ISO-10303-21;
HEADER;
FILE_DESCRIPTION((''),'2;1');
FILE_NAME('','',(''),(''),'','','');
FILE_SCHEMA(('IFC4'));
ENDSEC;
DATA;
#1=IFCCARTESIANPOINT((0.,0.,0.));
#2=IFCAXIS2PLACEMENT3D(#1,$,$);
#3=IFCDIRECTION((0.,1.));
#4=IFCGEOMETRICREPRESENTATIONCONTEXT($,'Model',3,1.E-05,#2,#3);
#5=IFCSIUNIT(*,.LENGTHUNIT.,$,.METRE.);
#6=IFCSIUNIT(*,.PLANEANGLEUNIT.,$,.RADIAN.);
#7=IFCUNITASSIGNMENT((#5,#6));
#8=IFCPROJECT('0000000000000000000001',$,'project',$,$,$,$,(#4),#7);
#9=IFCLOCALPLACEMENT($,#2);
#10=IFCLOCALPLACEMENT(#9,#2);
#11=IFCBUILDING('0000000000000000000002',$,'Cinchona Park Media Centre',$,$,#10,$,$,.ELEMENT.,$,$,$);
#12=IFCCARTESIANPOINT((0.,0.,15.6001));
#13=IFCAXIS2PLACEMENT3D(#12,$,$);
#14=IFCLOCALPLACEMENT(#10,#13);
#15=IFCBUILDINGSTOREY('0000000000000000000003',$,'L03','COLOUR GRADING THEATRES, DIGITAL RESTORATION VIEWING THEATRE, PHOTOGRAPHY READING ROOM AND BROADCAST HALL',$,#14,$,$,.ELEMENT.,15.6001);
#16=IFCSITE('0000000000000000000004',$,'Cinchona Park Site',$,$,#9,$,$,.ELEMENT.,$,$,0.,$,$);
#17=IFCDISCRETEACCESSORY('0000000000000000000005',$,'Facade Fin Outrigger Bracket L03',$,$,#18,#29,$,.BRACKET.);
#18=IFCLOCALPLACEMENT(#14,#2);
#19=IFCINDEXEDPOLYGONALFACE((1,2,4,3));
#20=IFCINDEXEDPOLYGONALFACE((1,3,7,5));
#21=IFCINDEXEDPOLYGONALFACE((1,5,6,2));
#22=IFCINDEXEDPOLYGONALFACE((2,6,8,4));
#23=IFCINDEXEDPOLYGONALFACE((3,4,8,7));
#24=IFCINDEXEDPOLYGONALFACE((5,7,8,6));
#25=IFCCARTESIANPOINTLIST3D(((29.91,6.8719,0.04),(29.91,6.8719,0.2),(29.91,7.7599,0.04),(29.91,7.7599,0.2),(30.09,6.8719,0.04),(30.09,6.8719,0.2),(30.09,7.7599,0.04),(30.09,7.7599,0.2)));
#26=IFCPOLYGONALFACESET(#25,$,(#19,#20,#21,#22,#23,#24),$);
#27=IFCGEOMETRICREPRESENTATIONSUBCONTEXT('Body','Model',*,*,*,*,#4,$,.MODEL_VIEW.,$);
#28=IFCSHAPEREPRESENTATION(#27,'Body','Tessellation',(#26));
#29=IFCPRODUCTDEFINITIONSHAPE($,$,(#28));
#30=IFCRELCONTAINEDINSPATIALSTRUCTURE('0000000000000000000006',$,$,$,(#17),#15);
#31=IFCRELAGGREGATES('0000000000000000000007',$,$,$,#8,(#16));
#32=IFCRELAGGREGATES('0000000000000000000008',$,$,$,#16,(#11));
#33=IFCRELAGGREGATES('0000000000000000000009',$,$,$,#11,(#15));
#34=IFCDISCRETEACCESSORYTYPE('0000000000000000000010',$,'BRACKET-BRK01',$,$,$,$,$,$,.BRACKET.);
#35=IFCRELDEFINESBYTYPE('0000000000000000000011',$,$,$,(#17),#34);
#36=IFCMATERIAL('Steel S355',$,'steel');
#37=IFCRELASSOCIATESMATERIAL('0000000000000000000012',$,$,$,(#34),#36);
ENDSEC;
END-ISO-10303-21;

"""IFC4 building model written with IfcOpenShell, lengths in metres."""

from ifc_helpers import new_model, si_unit, direction, frame, origin, origin_2d, place, context, subcontext, project, spatial, rectangle, extrude, material, type_object, element, save


model = new_model("IFC4")

# Units and contexts
model_context = context("Model", 3, precision=1e-05, world=origin(), true_north=direction((0.0, 1.0)))
body_context = subcontext(model_context, "Body", "Model", "MODEL_VIEW")
ifc_project = project(units=[si_unit("LENGTHUNIT", "METRE"), si_unit("PLANEANGLEUNIT", "RADIAN")], contexts=[model_context])

# Site, building, storey
site_placement = place(None, origin())
site = spatial("IfcSite", under=ifc_project, at=site_placement, Name="Cinchona Park Site", CompositionType="ELEMENT", RefElevation=0.0)
building_placement = place(site_placement, origin())
building = spatial("IfcBuilding", under=site, at=building_placement, Name="Cinchona Park Media Centre", CompositionType="ELEMENT")
storey_placement = place(building_placement, frame((0.0, 0.0, 15.6001)))
storey = spatial("IfcBuildingStorey", under=building, at=storey_placement, Name="L03", Description="COLOUR GRADING THEATRES, DIGITAL RESTORATION VIEWING THEATRE, PHOTOGRAPHY READING ROOM AND BROADCAST HALL", CompositionType="ELEMENT", Elevation=15.6001)

# Discrete accessory
ifc_material_1 = material(Name="Steel S355", Category="steel")
discrete_accessory_type = type_object("IfcDiscreteAccessoryType", Name="BRACKET-BRK01", PredefinedType="BRACKET", material=ifc_material_1)
discrete_accessory_1_placement = place(storey_placement, frame((30.0, 7.3159, 0.04), z_axis=(0.0, 0.0, 1.0), x_axis=(1.0, 0.0, 0.0)))
element("IfcDiscreteAccessory", 1, at=discrete_accessory_1_placement, inside=storey, type_object=discrete_accessory_type, Name="Facade Fin Outrigger Bracket L03", PredefinedType="BRACKET", context=body_context, shape_type="SweptSolid", body=[
    extrude(rectangle(XDim=0.1799, YDim=0.8879, at=origin_2d()), origin(), (0.0, 0.0, 1.0), 0.1599),
])

save(model, "model.ifc")
